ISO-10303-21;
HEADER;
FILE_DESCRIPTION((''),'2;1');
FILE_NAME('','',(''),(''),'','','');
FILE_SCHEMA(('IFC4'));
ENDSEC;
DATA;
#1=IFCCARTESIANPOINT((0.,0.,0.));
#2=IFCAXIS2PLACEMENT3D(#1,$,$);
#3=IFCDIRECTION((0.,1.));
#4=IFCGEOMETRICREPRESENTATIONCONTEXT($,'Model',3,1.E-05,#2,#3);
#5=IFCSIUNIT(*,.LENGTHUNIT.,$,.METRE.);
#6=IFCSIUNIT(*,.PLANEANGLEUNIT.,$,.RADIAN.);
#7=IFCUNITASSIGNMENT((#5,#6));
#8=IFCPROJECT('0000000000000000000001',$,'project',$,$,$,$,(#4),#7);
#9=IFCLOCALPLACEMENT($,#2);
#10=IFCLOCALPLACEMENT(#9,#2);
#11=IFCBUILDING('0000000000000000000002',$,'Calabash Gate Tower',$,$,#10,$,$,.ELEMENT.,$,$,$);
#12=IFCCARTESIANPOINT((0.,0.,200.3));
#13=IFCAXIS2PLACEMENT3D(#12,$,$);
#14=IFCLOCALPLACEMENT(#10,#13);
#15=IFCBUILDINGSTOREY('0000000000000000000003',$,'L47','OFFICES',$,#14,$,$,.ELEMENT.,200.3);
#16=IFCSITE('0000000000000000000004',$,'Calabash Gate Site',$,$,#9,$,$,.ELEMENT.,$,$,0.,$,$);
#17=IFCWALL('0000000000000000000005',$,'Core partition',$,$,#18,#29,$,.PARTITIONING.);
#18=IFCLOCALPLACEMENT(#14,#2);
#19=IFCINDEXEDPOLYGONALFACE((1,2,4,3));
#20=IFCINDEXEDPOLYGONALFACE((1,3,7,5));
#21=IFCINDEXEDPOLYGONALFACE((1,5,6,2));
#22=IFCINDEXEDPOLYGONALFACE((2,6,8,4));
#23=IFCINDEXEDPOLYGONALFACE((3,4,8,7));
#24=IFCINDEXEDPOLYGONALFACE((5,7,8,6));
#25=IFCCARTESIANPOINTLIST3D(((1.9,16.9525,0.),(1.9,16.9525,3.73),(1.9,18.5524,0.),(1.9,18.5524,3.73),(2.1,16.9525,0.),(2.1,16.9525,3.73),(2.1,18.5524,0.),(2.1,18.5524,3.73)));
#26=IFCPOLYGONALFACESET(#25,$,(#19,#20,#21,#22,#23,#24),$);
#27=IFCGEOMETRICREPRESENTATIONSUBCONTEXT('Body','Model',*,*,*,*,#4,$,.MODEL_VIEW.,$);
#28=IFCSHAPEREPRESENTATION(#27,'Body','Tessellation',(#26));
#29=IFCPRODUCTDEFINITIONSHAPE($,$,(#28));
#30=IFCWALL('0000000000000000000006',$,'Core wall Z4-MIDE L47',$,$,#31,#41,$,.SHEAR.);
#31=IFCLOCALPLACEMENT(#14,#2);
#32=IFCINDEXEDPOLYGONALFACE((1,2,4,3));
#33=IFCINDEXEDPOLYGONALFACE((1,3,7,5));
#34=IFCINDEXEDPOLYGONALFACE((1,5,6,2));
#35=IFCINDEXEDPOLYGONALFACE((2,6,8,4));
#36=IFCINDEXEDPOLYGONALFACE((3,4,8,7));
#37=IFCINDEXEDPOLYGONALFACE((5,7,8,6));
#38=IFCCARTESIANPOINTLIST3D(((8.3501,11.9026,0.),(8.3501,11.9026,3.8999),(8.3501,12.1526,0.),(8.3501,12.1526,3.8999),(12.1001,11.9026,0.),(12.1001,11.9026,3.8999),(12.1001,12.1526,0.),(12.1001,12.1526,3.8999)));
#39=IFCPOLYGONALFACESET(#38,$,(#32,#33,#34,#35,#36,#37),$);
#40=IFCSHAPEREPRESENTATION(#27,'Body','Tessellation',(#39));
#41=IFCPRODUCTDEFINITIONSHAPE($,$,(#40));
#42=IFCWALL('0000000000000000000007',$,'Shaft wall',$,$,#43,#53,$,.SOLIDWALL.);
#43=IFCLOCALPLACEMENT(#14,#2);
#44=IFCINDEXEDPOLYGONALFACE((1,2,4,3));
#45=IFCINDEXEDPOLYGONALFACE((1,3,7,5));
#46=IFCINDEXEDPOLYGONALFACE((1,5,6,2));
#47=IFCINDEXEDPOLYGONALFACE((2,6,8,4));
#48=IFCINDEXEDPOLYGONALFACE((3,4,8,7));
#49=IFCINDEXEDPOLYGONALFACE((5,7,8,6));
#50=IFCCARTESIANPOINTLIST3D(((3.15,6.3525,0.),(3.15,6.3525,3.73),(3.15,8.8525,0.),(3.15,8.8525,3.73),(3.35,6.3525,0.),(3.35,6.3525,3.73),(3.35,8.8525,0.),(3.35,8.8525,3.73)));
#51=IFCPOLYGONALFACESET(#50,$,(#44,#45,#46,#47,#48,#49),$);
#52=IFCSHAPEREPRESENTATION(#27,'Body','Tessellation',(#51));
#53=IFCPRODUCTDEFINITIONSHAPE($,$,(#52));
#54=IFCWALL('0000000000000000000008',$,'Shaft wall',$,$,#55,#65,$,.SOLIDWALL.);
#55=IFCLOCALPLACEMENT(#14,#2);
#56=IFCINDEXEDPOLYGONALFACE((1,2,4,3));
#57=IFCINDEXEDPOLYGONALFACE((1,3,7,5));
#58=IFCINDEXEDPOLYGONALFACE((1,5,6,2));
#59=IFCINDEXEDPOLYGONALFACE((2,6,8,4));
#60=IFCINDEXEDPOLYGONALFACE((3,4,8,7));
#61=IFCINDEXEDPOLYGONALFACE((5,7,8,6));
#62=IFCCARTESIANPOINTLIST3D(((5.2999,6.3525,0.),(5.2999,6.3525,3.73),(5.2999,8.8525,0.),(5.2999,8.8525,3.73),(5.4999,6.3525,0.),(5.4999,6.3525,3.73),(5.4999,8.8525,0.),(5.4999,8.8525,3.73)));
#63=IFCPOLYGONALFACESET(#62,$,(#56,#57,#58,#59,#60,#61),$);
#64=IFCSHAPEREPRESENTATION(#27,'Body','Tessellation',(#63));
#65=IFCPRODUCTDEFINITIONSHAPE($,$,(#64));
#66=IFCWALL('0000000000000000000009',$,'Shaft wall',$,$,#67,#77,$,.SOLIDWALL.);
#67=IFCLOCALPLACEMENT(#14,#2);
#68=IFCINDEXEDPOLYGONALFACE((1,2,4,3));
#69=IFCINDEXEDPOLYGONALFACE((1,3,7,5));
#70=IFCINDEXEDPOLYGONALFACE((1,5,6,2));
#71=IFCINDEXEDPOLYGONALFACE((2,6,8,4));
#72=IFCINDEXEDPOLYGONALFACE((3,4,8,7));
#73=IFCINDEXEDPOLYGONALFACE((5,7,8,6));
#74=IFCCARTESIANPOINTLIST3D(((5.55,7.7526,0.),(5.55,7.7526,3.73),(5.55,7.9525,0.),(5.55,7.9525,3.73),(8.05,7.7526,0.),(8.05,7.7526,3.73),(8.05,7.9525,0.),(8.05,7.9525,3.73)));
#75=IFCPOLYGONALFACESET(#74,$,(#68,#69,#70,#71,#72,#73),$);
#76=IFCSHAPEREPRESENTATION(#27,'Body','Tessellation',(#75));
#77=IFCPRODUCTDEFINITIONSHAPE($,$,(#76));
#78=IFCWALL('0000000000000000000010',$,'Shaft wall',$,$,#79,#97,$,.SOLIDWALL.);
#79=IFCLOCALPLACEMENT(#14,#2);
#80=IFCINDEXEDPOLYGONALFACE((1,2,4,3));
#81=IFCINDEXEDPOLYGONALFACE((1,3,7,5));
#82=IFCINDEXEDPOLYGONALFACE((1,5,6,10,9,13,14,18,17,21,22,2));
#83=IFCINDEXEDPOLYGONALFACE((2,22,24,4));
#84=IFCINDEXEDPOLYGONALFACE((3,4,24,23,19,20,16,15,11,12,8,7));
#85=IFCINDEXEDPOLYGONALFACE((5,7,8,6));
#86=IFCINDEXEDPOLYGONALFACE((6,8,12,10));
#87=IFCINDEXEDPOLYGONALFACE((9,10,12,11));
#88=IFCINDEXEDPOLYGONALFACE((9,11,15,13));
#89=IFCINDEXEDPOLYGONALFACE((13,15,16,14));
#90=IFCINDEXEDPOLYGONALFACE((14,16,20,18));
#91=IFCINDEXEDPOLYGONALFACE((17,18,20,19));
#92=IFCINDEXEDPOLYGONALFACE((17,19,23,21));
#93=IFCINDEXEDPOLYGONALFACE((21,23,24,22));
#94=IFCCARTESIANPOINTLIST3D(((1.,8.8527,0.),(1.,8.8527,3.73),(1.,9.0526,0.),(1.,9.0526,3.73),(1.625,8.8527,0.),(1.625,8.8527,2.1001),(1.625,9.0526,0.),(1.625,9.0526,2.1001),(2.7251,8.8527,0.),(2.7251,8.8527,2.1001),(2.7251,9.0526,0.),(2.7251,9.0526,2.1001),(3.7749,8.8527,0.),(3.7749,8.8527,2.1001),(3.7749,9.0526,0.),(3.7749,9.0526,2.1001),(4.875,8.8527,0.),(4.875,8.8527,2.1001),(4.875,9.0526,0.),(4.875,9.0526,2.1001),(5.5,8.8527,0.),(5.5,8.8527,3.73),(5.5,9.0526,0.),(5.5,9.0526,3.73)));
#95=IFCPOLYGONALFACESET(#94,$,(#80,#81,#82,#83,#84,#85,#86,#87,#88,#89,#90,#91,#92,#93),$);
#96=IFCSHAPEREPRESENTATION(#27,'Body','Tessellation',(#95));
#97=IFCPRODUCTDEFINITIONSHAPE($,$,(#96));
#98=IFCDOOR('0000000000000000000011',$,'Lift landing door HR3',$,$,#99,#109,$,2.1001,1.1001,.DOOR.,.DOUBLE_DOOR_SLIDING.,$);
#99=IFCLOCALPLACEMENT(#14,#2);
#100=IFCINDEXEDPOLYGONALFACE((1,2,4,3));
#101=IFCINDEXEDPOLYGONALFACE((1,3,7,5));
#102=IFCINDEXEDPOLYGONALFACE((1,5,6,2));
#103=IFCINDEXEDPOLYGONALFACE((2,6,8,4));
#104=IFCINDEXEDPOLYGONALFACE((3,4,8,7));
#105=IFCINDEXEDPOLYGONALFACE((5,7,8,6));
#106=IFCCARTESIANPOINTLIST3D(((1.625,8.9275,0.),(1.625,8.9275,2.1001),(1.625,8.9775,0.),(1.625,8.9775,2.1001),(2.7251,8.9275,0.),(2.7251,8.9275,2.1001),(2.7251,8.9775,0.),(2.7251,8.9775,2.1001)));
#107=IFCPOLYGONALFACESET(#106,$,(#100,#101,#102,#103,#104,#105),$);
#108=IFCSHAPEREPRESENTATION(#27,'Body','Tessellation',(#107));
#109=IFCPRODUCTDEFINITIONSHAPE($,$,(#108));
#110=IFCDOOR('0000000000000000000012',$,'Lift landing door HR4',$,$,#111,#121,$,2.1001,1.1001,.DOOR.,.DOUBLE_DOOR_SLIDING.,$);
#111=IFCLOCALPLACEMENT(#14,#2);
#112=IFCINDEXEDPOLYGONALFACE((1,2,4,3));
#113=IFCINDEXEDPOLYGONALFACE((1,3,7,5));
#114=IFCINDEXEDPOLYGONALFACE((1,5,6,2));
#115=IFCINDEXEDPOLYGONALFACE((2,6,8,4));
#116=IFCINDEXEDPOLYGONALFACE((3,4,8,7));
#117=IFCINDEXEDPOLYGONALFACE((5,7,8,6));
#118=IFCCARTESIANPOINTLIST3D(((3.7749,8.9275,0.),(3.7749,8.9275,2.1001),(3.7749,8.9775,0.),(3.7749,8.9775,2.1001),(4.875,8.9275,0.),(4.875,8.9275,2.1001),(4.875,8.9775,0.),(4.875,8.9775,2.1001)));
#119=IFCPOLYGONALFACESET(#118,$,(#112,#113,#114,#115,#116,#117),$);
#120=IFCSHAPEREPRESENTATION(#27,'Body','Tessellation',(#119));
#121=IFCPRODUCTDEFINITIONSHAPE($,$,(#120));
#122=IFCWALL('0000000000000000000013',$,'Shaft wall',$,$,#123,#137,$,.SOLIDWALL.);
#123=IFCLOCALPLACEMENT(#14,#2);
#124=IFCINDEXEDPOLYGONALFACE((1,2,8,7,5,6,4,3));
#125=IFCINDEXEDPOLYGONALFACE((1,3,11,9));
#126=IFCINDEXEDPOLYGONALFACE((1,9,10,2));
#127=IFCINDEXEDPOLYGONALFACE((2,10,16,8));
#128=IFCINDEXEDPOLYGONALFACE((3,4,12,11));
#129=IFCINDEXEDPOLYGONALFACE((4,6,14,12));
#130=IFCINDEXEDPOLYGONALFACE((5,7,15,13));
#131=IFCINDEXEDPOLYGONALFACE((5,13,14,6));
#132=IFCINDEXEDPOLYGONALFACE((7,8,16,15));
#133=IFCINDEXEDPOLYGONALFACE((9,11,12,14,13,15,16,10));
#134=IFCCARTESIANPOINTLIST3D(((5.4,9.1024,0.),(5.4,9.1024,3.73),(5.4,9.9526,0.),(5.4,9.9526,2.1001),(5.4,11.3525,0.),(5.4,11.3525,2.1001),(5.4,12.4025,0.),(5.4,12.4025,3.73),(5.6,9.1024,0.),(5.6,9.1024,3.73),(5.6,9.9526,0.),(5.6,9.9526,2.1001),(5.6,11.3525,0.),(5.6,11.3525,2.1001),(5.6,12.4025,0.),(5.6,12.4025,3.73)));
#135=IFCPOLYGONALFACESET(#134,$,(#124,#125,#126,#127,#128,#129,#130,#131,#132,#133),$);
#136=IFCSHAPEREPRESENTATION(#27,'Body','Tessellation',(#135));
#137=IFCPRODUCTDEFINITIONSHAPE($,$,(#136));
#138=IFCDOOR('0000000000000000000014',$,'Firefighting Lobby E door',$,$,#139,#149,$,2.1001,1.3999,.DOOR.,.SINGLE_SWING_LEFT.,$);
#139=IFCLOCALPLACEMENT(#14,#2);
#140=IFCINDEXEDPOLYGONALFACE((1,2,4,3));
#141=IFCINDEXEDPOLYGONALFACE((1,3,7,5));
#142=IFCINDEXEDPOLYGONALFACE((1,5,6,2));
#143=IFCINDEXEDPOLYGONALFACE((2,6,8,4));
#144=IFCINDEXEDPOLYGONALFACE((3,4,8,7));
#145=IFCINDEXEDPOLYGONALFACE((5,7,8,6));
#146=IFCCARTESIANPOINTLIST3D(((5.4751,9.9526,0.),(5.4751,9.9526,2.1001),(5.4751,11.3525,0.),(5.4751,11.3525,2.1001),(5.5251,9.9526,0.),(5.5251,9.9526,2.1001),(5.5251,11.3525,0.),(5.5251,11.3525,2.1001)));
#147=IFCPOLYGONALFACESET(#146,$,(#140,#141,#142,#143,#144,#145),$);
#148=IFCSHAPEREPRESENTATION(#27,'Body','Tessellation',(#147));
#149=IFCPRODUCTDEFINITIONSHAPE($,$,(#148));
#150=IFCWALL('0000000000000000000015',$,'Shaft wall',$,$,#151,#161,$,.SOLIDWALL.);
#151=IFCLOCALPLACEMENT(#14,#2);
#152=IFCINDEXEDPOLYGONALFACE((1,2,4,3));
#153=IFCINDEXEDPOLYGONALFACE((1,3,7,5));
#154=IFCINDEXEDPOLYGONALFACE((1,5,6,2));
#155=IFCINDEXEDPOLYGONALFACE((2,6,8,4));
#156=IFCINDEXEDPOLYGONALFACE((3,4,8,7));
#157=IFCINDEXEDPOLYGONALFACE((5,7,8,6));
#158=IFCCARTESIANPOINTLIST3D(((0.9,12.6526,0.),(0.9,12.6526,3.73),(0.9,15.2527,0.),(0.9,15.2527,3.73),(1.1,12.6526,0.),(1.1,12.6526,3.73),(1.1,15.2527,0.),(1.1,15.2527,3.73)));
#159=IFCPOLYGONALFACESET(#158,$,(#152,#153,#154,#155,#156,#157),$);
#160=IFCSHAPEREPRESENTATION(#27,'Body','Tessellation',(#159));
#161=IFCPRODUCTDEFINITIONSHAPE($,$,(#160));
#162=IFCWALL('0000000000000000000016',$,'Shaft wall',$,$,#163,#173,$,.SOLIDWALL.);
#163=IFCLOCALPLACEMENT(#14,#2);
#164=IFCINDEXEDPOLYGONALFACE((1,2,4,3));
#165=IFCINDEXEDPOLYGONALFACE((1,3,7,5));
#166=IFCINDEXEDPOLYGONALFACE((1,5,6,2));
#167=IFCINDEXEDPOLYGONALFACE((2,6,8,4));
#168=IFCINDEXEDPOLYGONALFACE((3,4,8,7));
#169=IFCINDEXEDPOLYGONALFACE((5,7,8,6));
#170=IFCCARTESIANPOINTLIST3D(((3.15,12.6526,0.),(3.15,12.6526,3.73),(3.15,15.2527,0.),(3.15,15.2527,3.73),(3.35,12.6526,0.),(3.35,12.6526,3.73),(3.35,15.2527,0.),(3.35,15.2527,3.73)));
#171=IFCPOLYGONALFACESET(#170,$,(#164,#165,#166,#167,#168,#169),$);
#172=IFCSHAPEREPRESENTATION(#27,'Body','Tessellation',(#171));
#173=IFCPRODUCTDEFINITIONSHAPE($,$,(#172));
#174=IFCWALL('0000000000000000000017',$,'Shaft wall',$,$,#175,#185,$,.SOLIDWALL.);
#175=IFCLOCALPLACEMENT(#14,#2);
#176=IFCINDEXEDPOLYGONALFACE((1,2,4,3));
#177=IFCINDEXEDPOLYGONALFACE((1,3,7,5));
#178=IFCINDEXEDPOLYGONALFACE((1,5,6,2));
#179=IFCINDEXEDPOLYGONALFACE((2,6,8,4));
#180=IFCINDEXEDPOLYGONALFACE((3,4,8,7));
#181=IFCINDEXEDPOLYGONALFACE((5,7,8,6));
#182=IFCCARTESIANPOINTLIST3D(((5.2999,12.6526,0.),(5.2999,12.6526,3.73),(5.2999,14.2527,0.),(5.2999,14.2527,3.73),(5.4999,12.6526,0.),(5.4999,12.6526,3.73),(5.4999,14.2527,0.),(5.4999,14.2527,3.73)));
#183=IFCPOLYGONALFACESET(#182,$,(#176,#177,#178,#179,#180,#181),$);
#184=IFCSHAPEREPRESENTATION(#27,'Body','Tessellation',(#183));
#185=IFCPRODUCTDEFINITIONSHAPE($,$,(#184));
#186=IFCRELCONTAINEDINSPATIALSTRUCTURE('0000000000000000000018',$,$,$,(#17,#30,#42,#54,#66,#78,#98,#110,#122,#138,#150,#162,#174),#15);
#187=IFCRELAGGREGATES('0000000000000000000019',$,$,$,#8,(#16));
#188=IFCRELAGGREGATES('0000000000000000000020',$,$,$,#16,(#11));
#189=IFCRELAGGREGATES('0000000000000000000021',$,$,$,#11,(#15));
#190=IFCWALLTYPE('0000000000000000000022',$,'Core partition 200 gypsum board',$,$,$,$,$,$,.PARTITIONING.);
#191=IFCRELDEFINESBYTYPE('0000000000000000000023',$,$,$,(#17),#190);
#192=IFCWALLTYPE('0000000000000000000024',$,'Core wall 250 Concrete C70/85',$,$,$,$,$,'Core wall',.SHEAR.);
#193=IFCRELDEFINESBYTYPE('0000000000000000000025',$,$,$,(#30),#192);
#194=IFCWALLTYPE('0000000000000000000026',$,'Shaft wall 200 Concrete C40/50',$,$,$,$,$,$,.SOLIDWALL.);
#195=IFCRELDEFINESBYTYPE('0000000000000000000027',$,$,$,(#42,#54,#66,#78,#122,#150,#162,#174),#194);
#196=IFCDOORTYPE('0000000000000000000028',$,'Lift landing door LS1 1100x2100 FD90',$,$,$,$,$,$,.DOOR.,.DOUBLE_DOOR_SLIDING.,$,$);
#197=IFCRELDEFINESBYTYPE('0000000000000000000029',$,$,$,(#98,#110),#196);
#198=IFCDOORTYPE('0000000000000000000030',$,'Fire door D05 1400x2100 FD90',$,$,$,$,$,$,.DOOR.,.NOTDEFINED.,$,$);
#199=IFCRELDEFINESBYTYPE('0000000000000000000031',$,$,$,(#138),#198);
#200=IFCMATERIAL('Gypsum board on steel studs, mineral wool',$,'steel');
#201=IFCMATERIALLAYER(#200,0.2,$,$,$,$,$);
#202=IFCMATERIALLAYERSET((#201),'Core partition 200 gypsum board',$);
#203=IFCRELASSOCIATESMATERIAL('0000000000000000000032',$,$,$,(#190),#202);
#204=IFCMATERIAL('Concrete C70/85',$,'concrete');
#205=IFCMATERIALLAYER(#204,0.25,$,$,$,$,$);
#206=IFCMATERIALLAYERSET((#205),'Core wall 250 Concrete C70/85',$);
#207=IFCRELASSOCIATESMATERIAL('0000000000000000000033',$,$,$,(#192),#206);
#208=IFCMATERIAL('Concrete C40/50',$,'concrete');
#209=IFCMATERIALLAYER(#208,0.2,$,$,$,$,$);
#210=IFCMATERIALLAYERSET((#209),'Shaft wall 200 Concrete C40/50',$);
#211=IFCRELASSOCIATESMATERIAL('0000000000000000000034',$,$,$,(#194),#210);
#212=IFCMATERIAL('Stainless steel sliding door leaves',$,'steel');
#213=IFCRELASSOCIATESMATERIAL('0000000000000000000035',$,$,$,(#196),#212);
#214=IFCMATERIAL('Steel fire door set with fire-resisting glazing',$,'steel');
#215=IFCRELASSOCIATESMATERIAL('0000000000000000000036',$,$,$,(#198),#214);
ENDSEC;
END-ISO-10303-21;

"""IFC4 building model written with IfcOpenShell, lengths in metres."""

from ifc_helpers import new_model, si_unit, direction, frame, frame_2d, origin, place, context, subcontext, project, spatial, rectangle, extrude, material, layer, layer_set, type_object, element, fill, save


model = new_model("IFC4")

# Units and contexts
model_context = context("Model", 3, precision=1e-05, world=origin(), true_north=direction((0.0, 1.0)))
body_context = subcontext(model_context, "Body", "Model", "MODEL_VIEW")
ifc_project = project(units=[si_unit("LENGTHUNIT", "METRE"), si_unit("PLANEANGLEUNIT", "RADIAN")], contexts=[model_context])

# Site, building, storey
site_placement = place(None, origin())
site = spatial("IfcSite", under=ifc_project, at=site_placement, Name="Calabash Gate Site", CompositionType="ELEMENT", RefElevation=0.0)
building_placement = place(site_placement, origin())
building = spatial("IfcBuilding", under=site, at=building_placement, Name="Calabash Gate Tower", CompositionType="ELEMENT")
storey_placement = place(building_placement, frame((0.0, 0.0, 200.3)))
storey = spatial("IfcBuildingStorey", under=building, at=storey_placement, Name="L47", Description="OFFICES", CompositionType="ELEMENT", Elevation=200.3)

# Walls
ifc_material_1 = material(Name="Gypsum board on steel studs, mineral wool", Category="steel")
ifc_layer_1 = layer(ifc_material_1, 0.2)
ifc_layer_set_1 = layer_set([ifc_layer_1], Name="Core partition 200 gypsum board")
wall_type_1 = type_object("IfcWallType", Name="Core partition 200 gypsum board", PredefinedType="PARTITIONING", material=ifc_layer_set_1)
wall_1_placement = place(storey_placement, frame((2.0, 16.9526, 0.0), z_axis=(0.0, 0.0, 1.0), x_axis=(0.0, 1.0, 0.0)))
element("IfcWall", 1, at=wall_1_placement, inside=storey, type_object=wall_type_1, Name="Core partition", PredefinedType="PARTITIONING", context=body_context, shape_type="SweptSolid", body=[
    extrude(rectangle(XDim=1.5999, YDim=0.2, at=frame_2d((0.7998, 0.0))), origin(), (0.0, 0.0, 1.0), 3.73),
])
ifc_material_2 = material(Name="Concrete C70/85", Category="concrete")
ifc_layer_2 = layer(ifc_material_2, 0.25)
ifc_layer_set_2 = layer_set([ifc_layer_2], Name="Core wall 250 Concrete C70/85")
wall_type_2 = type_object("IfcWallType", Name="Core wall 250 Concrete C70/85", ElementType="Core wall", PredefinedType="SHEAR", material=ifc_layer_set_2)
wall_2_placement = place(storey_placement, frame((8.3501, 12.0276, 0.0), z_axis=(0.0, 0.0, 1.0), x_axis=(1.0, 0.0, 0.0)))
element("IfcWall", 2, at=wall_2_placement, inside=storey, type_object=wall_type_2, Name="Core wall Z4-MIDE L47", PredefinedType="SHEAR", context=body_context, shape_type="SweptSolid", body=[
    extrude(rectangle(XDim=3.75, YDim=0.25, at=frame_2d((1.875, 0.0))), origin(), (0.0, 0.0, 1.0), 3.8999),
])
ifc_material_3 = material(Name="Concrete C40/50", Category="concrete")
ifc_layer_3 = layer(ifc_material_3, 0.2)
ifc_layer_set_3 = layer_set([ifc_layer_3], Name="Shaft wall 200 Concrete C40/50")
wall_type_3 = type_object("IfcWallType", Name="Shaft wall 200 Concrete C40/50", PredefinedType="SOLIDWALL", material=ifc_layer_set_3)
for number, where, z_axis, x_axis, name in (
    (3, (3.25, 6.3525, 0.0), (0.0, 0.0, 1.0), (0.0, 1.0, 0.0), "Shaft wall"),
    (4, (5.3999, 6.3525, 0.0), (0.0, 0.0, 1.0), (0.0, 1.0, 0.0), "Shaft wall"),
    (5, (5.55, 7.8525, 0.0), (0.0, 0.0, 1.0), (1.0, 0.0, 0.0), "Shaft wall"),
):
    element("IfcWall", number, at=place(storey_placement, frame(where, z_axis=z_axis, x_axis=x_axis)), inside=storey, type_object=wall_type_3, Name=name, PredefinedType="SOLIDWALL", context=body_context, shape_type="SweptSolid", body=[
        extrude(rectangle(XDim=2.5, YDim=0.2, at=frame_2d((1.25, 0.0))), origin(), (0.0, 0.0, 1.0), 3.73),
    ])

# Wall, openings, doors
wall_3_placement = place(storey_placement, frame((1.0, 8.9526, 0.0), z_axis=(0.0, 0.0, 1.0), x_axis=(1.0, 0.0, 0.0)))
wall_3 = element("IfcWall", 6, at=wall_3_placement, inside=storey, type_object=wall_type_3, Name="Shaft wall", PredefinedType="SOLIDWALL", context=body_context, shape_type="SweptSolid", body=[
    extrude(rectangle(XDim=4.5, YDim=0.2, at=frame_2d((2.25, 0.0))), origin(), (0.0, 0.0, 1.0), 3.73),
])
opening_1_placement = place(wall_3_placement, frame((0.625, 0.0, 0.0)))
opening_1 = element("IfcOpeningElement", 7, at=opening_1_placement, cuts=wall_3, PredefinedType="OPENING", context=body_context, shape_type="SweptSolid", body=[
    extrude(rectangle(XDim=1.1001, YDim=2.1001, at=frame_2d((0.55, 1.05))), frame((0.0, 0.1099, 0.0), z_axis=(0.0, -1.0, 0.0), x_axis=(1.0, 0.0, 0.0)), (0.0, 0.0, 1.0), 0.22),
])
opening_2_placement = place(wall_3_placement, frame((2.7749, 0.0, 0.0)))
opening_2 = element("IfcOpeningElement", 8, at=opening_2_placement, cuts=wall_3, PredefinedType="OPENING", context=body_context, shape_type="SweptSolid", body=[
    extrude(rectangle(XDim=1.1001, YDim=2.1001, at=frame_2d((0.55, 1.05))), frame((0.0, 0.1099, 0.0), z_axis=(0.0, -1.0, 0.0), x_axis=(1.0, 0.0, 0.0)), (0.0, 0.0, 1.0), 0.22),
])
ifc_material_4 = material(Name="Stainless steel sliding door leaves", Category="steel")
door_type_1 = type_object("IfcDoorType", Name="Lift landing door LS1 1100x2100 FD90", OperationType="DOUBLE_DOOR_SLIDING", PredefinedType="DOOR", material=ifc_material_4)
door_1_placement = place(opening_1_placement, origin())
door_1 = element("IfcDoor", 9, at=door_1_placement, inside=storey, type_object=door_type_1, Name="Lift landing door HR3", OperationType="DOUBLE_DOOR_SLIDING", OverallHeight=2.1001, OverallWidth=1.1001, PredefinedType="DOOR", context=body_context, shape_type="SweptSolid", body=[
    extrude(rectangle(XDim=1.1001, YDim=2.1001, at=frame_2d((0.55, 1.05))), frame((0.0, 0.0249, 0.0), z_axis=(0.0, -1.0, 0.0), x_axis=(1.0, 0.0, 0.0)), (0.0, 0.0, 1.0), 0.05),
])
fill(opening_1, door_1)
door_2_placement = place(opening_2_placement, origin())
door_2 = element("IfcDoor", 10, at=door_2_placement, inside=storey, type_object=door_type_1, Name="Lift landing door HR4", OperationType="DOUBLE_DOOR_SLIDING", OverallHeight=2.1001, OverallWidth=1.1001, PredefinedType="DOOR", context=body_context, shape_type="SweptSolid", body=[
    extrude(rectangle(XDim=1.1001, YDim=2.1001, at=frame_2d((0.55, 1.05))), frame((0.0, 0.0249, 0.0), z_axis=(0.0, -1.0, 0.0), x_axis=(1.0, 0.0, 0.0)), (0.0, 0.0, 1.0), 0.05),
])
fill(opening_2, door_2)

# Wall, opening, door
wall_4_placement = place(storey_placement, frame((5.5, 9.1025, 0.0), z_axis=(0.0, 0.0, 1.0), x_axis=(0.0, 1.0, 0.0)))
wall_4 = element("IfcWall", 11, at=wall_4_placement, inside=storey, type_object=wall_type_3, Name="Shaft wall", PredefinedType="SOLIDWALL", context=body_context, shape_type="SweptSolid", body=[
    extrude(rectangle(XDim=3.3, YDim=0.2, at=frame_2d((1.6499, 0.0))), origin(), (0.0, 0.0, 1.0), 3.73),
])
opening_3_placement = place(wall_4_placement, frame((0.8501, 0.0, 0.0)))
opening_3 = element("IfcOpeningElement", 12, at=opening_3_placement, cuts=wall_4, PredefinedType="OPENING", context=body_context, shape_type="SweptSolid", body=[
    extrude(rectangle(XDim=1.3999, YDim=2.1001, at=frame_2d((0.7, 1.05))), frame((0.0, 0.1099, 0.0), z_axis=(0.0, -1.0, 0.0), x_axis=(1.0, 0.0, 0.0)), (0.0, 0.0, 1.0), 0.22),
])
ifc_material_5 = material(Name="Steel fire door set with fire-resisting glazing", Category="steel")
door_type_2 = type_object("IfcDoorType", Name="Fire door D05 1400x2100 FD90", OperationType="NOTDEFINED", PredefinedType="DOOR", material=ifc_material_5)
door_3_placement = place(opening_3_placement, origin())
door_3 = element("IfcDoor", 13, at=door_3_placement, inside=storey, type_object=door_type_2, Name="Firefighting Lobby E door", OperationType="SINGLE_SWING_LEFT", OverallHeight=2.1001, OverallWidth=1.3999, PredefinedType="DOOR", context=body_context, shape_type="SweptSolid", body=[
    extrude(rectangle(XDim=1.3999, YDim=2.1001, at=frame_2d((0.7, 1.05))), frame((0.0, 0.0249, 0.0), z_axis=(0.0, -1.0, 0.0), x_axis=(1.0, 0.0, 0.0)), (0.0, 0.0, 1.0), 0.05),
])
fill(opening_3, door_3)

# Walls
for number, where, z_axis, x_axis, name in (
    (14, (1.0, 12.6526, 0.0), (0.0, 0.0, 1.0), (0.0, 1.0, 0.0), "Shaft wall"),
    (15, (3.25, 12.6526, 0.0), (0.0, 0.0, 1.0), (0.0, 1.0, 0.0), "Shaft wall"),
):
    element("IfcWall", number, at=place(storey_placement, frame(where, z_axis=z_axis, x_axis=x_axis)), inside=storey, type_object=wall_type_3, Name=name, PredefinedType="SOLIDWALL", context=body_context, shape_type="SweptSolid", body=[
        extrude(rectangle(XDim=2.6001, YDim=0.2, at=frame_2d((1.3, 0.0))), origin(), (0.0, 0.0, 1.0), 3.73),
    ])
wall_5_placement = place(storey_placement, frame((5.3999, 12.6526, 0.0), z_axis=(0.0, 0.0, 1.0), x_axis=(0.0, 1.0, 0.0)))
element("IfcWall", 16, at=wall_5_placement, inside=storey, type_object=wall_type_3, Name="Shaft wall", PredefinedType="SOLIDWALL", context=body_context, shape_type="SweptSolid", body=[
    extrude(rectangle(XDim=1.6001, YDim=0.2, at=frame_2d((0.8, 0.0))), origin(), (0.0, 0.0, 1.0), 3.73),
])

save(model, "model.ifc")
